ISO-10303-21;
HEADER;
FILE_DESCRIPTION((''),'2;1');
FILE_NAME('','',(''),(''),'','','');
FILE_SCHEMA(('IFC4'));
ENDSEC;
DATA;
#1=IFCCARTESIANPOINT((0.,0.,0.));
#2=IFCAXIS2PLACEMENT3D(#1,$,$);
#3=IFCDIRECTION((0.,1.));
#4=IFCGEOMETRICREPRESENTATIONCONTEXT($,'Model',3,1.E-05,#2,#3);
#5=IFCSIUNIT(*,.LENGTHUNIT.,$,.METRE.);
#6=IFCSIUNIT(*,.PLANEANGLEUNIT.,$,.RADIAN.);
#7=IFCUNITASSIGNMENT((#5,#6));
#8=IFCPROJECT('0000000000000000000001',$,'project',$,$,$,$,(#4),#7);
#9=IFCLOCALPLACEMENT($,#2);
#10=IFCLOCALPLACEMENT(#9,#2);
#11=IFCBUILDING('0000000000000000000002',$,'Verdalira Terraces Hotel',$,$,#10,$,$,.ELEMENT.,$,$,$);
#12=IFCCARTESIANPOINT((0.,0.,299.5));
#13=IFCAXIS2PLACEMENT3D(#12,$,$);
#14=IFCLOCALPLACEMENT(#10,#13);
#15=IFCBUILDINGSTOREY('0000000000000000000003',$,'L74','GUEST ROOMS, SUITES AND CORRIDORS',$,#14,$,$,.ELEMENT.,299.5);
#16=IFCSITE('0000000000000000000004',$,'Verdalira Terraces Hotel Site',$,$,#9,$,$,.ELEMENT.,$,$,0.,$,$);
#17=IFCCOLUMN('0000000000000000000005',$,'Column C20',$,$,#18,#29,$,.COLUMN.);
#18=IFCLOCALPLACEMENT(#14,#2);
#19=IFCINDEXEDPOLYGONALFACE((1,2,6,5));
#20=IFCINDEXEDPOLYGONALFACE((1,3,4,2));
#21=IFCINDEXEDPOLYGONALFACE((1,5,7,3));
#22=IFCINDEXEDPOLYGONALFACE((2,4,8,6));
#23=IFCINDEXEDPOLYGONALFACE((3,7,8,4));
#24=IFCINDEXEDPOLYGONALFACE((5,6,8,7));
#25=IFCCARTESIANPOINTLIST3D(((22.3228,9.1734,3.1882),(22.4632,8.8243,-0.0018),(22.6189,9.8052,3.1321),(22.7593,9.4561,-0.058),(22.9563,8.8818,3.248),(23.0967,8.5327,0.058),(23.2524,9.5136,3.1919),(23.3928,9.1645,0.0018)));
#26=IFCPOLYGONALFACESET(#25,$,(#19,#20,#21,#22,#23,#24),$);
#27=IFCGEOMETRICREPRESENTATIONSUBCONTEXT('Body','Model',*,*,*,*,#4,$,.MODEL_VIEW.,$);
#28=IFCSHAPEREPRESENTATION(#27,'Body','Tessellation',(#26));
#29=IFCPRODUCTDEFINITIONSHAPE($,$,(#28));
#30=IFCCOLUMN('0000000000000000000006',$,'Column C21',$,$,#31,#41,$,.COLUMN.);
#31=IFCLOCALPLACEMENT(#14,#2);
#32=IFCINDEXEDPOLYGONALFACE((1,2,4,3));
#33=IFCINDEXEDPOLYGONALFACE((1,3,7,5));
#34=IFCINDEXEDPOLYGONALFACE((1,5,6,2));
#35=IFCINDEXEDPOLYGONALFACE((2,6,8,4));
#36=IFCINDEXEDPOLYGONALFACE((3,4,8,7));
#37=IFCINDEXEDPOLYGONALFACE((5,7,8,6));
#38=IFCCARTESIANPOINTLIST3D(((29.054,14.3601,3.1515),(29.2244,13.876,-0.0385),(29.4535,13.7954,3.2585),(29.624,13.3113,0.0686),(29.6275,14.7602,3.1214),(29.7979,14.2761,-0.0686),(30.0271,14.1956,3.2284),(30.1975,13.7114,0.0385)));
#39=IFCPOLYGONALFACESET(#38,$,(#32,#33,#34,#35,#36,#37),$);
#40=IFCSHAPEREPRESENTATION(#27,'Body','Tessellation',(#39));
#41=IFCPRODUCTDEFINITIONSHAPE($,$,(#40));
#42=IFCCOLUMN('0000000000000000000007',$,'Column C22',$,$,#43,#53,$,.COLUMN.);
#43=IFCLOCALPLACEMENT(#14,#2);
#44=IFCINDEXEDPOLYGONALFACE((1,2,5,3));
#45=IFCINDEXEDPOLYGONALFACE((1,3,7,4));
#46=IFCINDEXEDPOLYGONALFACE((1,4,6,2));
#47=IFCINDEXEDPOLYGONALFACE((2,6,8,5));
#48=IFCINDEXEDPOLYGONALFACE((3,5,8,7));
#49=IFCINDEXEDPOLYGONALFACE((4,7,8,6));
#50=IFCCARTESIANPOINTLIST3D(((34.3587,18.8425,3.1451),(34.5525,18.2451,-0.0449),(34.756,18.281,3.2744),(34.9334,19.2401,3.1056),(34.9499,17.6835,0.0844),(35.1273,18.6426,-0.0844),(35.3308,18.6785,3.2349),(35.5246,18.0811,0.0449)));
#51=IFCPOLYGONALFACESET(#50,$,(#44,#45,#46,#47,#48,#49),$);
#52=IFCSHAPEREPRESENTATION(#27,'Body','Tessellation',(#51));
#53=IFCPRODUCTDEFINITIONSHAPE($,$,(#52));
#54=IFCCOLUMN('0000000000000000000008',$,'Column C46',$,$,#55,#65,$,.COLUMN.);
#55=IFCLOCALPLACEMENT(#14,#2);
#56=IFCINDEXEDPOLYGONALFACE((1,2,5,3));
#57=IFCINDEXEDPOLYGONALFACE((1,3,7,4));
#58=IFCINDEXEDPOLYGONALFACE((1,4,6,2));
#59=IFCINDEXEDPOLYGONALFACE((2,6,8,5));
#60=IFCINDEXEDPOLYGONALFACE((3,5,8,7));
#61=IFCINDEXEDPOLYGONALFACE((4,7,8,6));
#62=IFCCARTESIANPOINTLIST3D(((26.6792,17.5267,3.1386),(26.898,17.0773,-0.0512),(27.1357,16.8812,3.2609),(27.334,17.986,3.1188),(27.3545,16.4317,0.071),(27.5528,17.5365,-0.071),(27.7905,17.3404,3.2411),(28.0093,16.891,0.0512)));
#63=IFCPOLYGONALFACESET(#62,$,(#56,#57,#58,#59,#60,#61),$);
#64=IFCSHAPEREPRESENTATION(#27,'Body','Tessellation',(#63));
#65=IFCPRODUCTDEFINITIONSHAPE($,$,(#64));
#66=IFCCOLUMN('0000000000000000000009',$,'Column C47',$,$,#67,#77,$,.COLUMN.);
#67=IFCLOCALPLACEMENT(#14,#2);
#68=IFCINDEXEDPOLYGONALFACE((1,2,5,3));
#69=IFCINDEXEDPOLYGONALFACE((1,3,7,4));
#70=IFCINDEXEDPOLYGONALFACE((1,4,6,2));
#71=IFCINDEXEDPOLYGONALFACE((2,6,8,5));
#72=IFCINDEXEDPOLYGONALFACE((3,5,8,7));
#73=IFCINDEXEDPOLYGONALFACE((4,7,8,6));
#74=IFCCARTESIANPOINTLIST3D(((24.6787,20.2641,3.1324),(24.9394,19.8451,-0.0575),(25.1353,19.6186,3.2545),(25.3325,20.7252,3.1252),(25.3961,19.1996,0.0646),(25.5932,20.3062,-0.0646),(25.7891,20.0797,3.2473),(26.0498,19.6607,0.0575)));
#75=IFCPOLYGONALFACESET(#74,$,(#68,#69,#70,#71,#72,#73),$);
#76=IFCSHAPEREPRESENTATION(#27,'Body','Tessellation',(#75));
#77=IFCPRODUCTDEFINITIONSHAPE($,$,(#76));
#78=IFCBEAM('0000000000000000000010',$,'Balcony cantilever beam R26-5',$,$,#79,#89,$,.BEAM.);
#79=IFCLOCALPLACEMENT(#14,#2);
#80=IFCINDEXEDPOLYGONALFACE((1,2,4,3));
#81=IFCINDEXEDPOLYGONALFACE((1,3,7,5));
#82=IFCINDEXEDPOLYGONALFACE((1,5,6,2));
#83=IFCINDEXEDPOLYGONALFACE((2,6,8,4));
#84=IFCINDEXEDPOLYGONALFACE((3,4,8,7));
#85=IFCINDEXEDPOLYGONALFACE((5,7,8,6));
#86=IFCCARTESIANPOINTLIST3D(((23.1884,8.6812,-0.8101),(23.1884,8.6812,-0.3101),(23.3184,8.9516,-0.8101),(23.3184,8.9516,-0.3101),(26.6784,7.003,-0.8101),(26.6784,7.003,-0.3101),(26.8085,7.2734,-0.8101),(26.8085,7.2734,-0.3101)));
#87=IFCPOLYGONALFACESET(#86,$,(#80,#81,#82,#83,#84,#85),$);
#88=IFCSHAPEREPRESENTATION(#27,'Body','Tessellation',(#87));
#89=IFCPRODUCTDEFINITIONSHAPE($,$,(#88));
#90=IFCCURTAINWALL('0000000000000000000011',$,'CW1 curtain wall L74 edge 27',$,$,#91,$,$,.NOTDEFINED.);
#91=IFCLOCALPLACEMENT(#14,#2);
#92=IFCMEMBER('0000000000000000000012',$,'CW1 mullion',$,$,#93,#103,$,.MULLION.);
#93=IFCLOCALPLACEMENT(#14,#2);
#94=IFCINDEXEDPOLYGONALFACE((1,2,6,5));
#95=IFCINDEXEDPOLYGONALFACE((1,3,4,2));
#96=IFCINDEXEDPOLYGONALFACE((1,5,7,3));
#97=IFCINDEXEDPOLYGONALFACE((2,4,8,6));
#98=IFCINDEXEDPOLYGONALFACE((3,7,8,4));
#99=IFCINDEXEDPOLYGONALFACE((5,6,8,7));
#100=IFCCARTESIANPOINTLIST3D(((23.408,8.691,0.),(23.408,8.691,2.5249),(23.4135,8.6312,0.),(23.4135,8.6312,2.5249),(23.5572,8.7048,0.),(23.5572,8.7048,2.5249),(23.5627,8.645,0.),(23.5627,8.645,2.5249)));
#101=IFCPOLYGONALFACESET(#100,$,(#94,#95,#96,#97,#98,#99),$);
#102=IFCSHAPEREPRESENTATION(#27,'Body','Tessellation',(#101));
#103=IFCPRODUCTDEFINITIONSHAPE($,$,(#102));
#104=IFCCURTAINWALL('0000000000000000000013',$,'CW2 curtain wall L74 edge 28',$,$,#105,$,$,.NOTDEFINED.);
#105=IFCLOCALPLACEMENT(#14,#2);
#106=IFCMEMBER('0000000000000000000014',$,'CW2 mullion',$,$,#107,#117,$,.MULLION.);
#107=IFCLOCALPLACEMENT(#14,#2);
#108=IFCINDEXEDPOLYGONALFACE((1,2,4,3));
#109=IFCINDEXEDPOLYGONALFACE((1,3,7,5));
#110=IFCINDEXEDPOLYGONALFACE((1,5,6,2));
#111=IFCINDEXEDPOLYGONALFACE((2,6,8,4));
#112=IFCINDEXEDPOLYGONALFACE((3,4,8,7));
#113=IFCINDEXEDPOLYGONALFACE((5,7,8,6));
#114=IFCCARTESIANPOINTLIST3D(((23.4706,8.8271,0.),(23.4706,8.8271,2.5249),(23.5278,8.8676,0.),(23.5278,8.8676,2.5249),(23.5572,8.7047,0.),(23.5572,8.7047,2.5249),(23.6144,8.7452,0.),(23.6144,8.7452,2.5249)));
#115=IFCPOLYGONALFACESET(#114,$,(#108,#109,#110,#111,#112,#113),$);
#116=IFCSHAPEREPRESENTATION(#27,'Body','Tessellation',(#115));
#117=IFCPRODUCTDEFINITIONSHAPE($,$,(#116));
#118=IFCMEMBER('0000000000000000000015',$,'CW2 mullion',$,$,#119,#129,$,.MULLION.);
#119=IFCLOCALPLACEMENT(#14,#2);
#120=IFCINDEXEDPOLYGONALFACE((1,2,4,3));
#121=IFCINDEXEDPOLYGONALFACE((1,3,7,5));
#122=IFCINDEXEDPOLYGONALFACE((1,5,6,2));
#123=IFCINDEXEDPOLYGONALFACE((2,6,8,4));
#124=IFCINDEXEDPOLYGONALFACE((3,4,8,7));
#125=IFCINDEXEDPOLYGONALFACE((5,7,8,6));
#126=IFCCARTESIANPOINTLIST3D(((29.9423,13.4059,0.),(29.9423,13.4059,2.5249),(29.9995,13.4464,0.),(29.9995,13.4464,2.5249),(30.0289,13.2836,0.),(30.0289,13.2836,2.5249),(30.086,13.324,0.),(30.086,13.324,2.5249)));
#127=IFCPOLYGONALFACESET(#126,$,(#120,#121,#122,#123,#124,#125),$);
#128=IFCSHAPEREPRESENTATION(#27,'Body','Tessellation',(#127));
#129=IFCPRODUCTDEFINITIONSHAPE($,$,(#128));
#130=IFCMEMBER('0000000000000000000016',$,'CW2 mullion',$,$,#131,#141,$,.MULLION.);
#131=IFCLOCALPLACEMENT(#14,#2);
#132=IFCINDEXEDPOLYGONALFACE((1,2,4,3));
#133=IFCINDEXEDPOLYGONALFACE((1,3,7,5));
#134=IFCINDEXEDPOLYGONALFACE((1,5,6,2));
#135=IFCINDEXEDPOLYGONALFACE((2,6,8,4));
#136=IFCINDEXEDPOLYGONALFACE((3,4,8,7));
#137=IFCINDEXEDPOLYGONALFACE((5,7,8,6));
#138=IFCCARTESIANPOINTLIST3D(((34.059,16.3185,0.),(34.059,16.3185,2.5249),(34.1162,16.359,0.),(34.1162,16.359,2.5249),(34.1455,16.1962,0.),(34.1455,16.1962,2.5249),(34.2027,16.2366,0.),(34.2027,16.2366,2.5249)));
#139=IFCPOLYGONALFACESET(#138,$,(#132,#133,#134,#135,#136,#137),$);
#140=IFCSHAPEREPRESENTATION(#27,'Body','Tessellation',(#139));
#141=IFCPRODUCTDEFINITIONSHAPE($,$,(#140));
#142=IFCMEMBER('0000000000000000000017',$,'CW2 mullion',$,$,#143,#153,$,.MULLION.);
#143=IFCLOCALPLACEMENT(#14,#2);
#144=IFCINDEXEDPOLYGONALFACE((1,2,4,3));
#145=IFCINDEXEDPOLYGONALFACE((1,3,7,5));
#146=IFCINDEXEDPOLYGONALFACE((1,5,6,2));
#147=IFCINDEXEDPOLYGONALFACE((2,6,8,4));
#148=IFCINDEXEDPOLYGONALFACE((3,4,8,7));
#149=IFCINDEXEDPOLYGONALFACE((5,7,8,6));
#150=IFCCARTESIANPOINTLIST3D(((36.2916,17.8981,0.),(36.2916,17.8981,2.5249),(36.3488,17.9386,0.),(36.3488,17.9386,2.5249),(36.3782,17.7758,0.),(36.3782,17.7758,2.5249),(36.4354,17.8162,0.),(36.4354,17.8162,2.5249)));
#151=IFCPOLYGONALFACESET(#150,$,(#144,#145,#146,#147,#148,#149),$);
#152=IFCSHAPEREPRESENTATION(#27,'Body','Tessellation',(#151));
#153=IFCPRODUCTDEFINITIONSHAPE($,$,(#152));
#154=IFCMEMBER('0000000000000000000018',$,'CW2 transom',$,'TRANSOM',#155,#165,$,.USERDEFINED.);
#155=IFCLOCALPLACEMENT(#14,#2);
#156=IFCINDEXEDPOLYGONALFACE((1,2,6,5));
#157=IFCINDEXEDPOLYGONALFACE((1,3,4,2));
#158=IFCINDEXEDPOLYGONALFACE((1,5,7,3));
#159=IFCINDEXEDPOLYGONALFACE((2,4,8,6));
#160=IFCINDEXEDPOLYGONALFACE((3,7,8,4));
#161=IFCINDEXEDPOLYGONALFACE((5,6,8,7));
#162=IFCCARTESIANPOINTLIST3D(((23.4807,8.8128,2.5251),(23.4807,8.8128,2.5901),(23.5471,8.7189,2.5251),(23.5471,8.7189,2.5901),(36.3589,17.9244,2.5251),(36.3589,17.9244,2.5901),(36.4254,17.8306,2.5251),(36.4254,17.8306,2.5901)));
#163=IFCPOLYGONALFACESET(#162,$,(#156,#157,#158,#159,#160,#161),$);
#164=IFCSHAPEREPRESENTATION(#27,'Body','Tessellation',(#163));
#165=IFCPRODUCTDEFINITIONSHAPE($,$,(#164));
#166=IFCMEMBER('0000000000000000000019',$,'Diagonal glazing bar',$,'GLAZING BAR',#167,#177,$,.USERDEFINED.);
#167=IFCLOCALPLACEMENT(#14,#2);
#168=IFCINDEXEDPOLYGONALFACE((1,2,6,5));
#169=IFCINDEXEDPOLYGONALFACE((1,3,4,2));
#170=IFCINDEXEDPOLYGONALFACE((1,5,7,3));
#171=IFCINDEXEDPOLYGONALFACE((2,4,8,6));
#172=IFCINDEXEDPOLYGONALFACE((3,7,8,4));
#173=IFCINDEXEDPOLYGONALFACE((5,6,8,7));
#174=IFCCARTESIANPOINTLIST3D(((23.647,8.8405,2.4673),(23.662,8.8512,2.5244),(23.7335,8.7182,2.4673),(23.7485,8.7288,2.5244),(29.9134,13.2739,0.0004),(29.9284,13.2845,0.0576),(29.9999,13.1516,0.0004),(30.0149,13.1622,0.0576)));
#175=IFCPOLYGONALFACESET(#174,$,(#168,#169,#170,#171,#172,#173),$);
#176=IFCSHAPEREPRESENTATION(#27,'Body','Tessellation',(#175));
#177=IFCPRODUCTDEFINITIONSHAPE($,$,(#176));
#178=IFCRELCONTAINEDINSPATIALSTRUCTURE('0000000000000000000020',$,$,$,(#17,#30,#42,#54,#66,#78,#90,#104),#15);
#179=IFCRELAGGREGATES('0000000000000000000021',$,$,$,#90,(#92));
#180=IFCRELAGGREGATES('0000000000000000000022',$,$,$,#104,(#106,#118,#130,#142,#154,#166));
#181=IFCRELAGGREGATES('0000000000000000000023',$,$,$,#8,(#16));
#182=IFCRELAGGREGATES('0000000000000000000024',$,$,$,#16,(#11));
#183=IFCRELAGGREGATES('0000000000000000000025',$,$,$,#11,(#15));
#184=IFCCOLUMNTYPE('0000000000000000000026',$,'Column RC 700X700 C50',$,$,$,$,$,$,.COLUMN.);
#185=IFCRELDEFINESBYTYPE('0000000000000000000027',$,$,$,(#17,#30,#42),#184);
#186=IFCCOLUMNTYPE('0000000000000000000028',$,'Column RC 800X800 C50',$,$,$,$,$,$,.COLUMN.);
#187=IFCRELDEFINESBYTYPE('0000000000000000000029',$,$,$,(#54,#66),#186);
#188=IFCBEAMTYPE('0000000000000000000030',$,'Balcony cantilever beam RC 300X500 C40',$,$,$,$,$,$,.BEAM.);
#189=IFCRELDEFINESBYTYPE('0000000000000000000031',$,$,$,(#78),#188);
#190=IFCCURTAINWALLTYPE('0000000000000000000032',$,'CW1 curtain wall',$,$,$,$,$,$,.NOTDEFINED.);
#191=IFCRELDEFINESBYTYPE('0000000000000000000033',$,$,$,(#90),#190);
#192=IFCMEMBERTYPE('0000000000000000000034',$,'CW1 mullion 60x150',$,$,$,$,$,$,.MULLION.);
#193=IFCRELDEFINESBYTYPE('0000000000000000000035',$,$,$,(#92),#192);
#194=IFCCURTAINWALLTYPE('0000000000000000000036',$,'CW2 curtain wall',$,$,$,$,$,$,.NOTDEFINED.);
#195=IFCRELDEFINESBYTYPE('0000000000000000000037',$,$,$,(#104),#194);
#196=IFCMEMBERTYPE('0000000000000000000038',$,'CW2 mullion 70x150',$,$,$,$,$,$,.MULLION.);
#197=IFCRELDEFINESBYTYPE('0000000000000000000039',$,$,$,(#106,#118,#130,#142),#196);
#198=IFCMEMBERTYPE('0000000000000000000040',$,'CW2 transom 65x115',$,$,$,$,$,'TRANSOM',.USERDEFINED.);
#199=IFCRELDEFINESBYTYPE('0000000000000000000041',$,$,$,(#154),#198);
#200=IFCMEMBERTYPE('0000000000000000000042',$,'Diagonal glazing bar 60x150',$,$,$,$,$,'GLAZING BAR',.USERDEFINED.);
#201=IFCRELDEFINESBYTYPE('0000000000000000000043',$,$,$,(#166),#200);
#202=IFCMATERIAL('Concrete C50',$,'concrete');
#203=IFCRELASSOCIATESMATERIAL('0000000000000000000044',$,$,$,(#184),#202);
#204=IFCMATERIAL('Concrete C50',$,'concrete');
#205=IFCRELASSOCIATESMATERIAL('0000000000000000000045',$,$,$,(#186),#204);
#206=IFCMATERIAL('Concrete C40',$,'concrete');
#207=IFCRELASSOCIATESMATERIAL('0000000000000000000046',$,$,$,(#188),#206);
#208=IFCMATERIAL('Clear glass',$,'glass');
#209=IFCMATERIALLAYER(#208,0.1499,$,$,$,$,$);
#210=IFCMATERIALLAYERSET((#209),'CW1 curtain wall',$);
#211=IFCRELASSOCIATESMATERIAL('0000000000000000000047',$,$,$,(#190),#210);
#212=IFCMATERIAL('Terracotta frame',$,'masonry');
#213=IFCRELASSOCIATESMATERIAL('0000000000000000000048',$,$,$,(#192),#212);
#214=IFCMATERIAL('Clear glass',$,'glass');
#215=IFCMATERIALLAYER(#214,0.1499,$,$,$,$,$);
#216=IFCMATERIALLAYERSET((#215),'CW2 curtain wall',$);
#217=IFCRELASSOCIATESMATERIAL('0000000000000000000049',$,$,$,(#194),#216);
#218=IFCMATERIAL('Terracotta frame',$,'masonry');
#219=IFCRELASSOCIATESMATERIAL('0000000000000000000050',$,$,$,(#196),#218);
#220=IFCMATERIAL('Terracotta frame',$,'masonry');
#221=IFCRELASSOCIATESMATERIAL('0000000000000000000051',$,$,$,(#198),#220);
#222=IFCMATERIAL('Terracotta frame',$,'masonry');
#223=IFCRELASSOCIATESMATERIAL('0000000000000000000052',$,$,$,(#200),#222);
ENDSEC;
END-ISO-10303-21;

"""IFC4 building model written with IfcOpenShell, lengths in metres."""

from ifc_helpers import new_model, si_unit, direction, frame, origin, origin_2d, place, context, subcontext, project, spatial, rectangle, extrude, material, layer, layer_set, material_profile, profile_set, type_object, element, aggregate, save


model = new_model("IFC4")

# Units and contexts
model_context = context("Model", 3, precision=1e-05, world=origin(), true_north=direction((0.0, 1.0)))
body_context = subcontext(model_context, "Body", "Model", "MODEL_VIEW")
ifc_project = project(units=[si_unit("LENGTHUNIT", "METRE"), si_unit("PLANEANGLEUNIT", "RADIAN")], contexts=[model_context])

# Site, building, storey
site_placement = place(None, origin())
site = spatial("IfcSite", under=ifc_project, at=site_placement, Name="Verdalira Terraces Hotel Site", CompositionType="ELEMENT", RefElevation=0.0)
building_placement = place(site_placement, origin())
building = spatial("IfcBuilding", under=site, at=building_placement, Name="Verdalira Terraces Hotel", CompositionType="ELEMENT")
storey_placement = place(building_placement, frame((0.0, 0.0, 299.5)))
storey = spatial("IfcBuildingStorey", under=building, at=storey_placement, Name="L74", Description="GUEST ROOMS, SUITES AND CORRIDORS", CompositionType="ELEMENT", Elevation=299.5)

# Columns
ifc_material_1 = material(Name="Concrete C50", Category="concrete")
ifc_material_profile_1 = material_profile(ifc_material_1, rectangle(XDim=0.7, YDim=0.7, at=origin_2d()), Name="RC 700X700")
ifc_profile_set_1 = profile_set([ifc_material_profile_1], Name="Concrete C50")
column_type_1 = type_object("IfcColumnType", Name="Column RC 700X700 C50", PredefinedType="COLUMN", material=ifc_profile_set_1)
column_1_placement = place(storey_placement, frame((22.928, 8.9944, 0.0), z_axis=(-0.043704, 0.108691, 0.993114), x_axis=(-0.422986, -0.902583, 0.080168)))
element("IfcColumn", 1, at=column_1_placement, inside=storey, type_object=column_type_1, Name="Column C20", PredefinedType="COLUMN", context=body_context, shape_type="SweptSolid", body=[
    extrude(rectangle(XDim=0.7, YDim=0.7, at=origin_2d()), origin(), (0.0, 0.0, 1.0), 3.2122),
])
column_2_placement = place(storey_placement, frame((29.7109, 13.7937, 0.0), z_axis=(-0.052743, 0.149841, 0.987302), x_axis=(0.819371, 0.571649, -0.042986)))
element("IfcColumn", 2, at=column_2_placement, inside=storey, type_object=column_type_1, Name="Column C21", PredefinedType="COLUMN", context=body_context, shape_type="SweptSolid", body=[
    extrude(rectangle(XDim=0.7, YDim=0.7, at=origin_2d()), origin(), (0.0, 0.0, 1.0), 3.231),
])
column_3_placement = place(storey_placement, frame((35.0386, 18.1631, 0.0), z_axis=(-0.059624, 0.183752, 0.981163), x_axis=(0.821094, 0.567992, -0.056477)))
element("IfcColumn", 3, at=column_3_placement, inside=storey, type_object=column_type_1, Name="Column C22", PredefinedType="COLUMN", context=body_context, shape_type="SweptSolid", body=[
    extrude(rectangle(XDim=0.7, YDim=0.7, at=origin_2d()), origin(), (0.0, 0.0, 1.0), 3.2512),
])
ifc_material_2 = material(Name="Concrete C50", Category="concrete")
ifc_material_profile_2 = material_profile(ifc_material_2, rectangle(XDim=0.8, YDim=0.8, at=origin_2d()), Name="RC 800X800")
ifc_profile_set_2 = profile_set([ifc_material_profile_2], Name="Concrete C50")
column_type_2 = type_object("IfcColumnType", Name="Column RC 800X800 C50", PredefinedType="COLUMN", material=ifc_profile_set_2)
column_4_placement = place(storey_placement, frame((27.4536, 16.9841, 0.0), z_axis=(-0.067748, 0.139201, 0.987944), x_axis=(0.818447, 0.574048, -0.024758)))
element("IfcColumn", 4, at=column_4_placement, inside=storey, type_object=column_type_2, Name="Column C46", PredefinedType="COLUMN", context=body_context, shape_type="SweptSolid", body=[
    extrude(rectangle(XDim=0.8, YDim=0.8, at=origin_2d()), origin(), (0.0, 0.0, 1.0), 3.2288),
])
column_5_placement = place(storey_placement, frame((25.4946, 19.7529, 0.0), z_axis=(-0.080778, 0.12979, 0.988246), x_axis=(0.817148, 0.576359, -0.008902)))
element("IfcColumn", 5, at=column_5_placement, inside=storey, type_object=column_type_2, Name="Column C47", PredefinedType="COLUMN", context=body_context, shape_type="SweptSolid", body=[
    extrude(rectangle(XDim=0.8, YDim=0.8, at=origin_2d()), origin(), (0.0, 0.0, 1.0), 3.2278),
])

# Beam
ifc_material_3 = material(Name="Concrete C40", Category="concrete")
ifc_material_profile_3 = material_profile(ifc_material_3, rectangle(XDim=0.3, YDim=0.5, at=origin_2d()), Name="RC 300X500")
ifc_profile_set_3 = profile_set([ifc_material_profile_3], Name="Concrete C40")
beam_type_1 = type_object("IfcBeamType", Name="Balcony cantilever beam RC 300X500 C40", PredefinedType="BEAM", material=ifc_profile_set_3)
beam_1_placement = place(storey_placement, frame((23.2534, 8.8164, -0.5601), z_axis=(0.901218, -0.433366, 0.0), x_axis=(0.433366, 0.901218, 0.0)))
element("IfcBeam", 6, at=beam_1_placement, inside=storey, type_object=beam_type_1, Name="Balcony cantilever beam R26-5", PredefinedType="BEAM", context=body_context, shape_type="SweptSolid", body=[
    extrude(rectangle(XDim=0.3, YDim=0.5, at=origin_2d()), origin(), (0.0, 0.0, 1.0), 3.8726),
])

# Curtain wall, member
ifc_material_4 = material(Name="Clear glass", Category="glass")
ifc_layer_1 = layer(ifc_material_4, 0.1499)
ifc_layer_set_1 = layer_set([ifc_layer_1], Name="CW1 curtain wall")
curtain_wall_type_1 = type_object("IfcCurtainWallType", Name="CW1 curtain wall", PredefinedType="NOTDEFINED", material=ifc_layer_set_1)
curtain_wall_1_placement = place(storey_placement, origin())
curtain_wall_1 = element("IfcCurtainWall", 7, at=curtain_wall_1_placement, inside=storey, type_object=curtain_wall_type_1, Name="CW1 curtain wall L74 edge 27", PredefinedType="NOTDEFINED")
ifc_material_5 = material(Name="Terracotta frame", Category="masonry")
ifc_material_profile_4 = material_profile(ifc_material_5, rectangle(XDim=0.0601, YDim=0.1499, at=origin_2d()), Name="MU 60x150")
ifc_profile_set_4 = profile_set([ifc_material_profile_4], Name="Terracotta frame")
member_type_1 = type_object("IfcMemberType", Name="CW1 mullion 60x150", PredefinedType="MULLION", material=ifc_profile_set_4)
member_1_placement = place(storey_placement, frame((23.4854, 8.668, 0.0), z_axis=(0.0, 0.0, 1.0), x_axis=(-0.092023, 0.995757, 0.0)))
member_1 = element("IfcMember", 8, at=member_1_placement, type_object=member_type_1, Name="CW1 mullion", PredefinedType="MULLION", context=body_context, shape_type="SweptSolid", body=[
    extrude(rectangle(XDim=0.0601, YDim=0.1499, at=origin_2d()), origin(), (0.0, 0.0, 1.0), 2.5249),
])

# Curtain wall, members
ifc_material_6 = material(Name="Clear glass", Category="glass")
ifc_layer_2 = layer(ifc_material_6, 0.1499)
ifc_layer_set_2 = layer_set([ifc_layer_2], Name="CW2 curtain wall")
curtain_wall_type_2 = type_object("IfcCurtainWallType", Name="CW2 curtain wall", PredefinedType="NOTDEFINED", material=ifc_layer_set_2)
curtain_wall_2_placement = place(storey_placement, origin())
curtain_wall_2 = element("IfcCurtainWall", 9, at=curtain_wall_2_placement, inside=storey, type_object=curtain_wall_type_2, Name="CW2 curtain wall L74 edge 28", PredefinedType="NOTDEFINED")
ifc_material_7 = material(Name="Terracotta frame", Category="masonry")
ifc_material_profile_5 = material_profile(ifc_material_7, rectangle(XDim=0.0701, YDim=0.1499, at=origin_2d()), Name="MU 70x150")
ifc_profile_set_5 = profile_set([ifc_material_profile_5], Name="Terracotta frame")
member_type_2 = type_object("IfcMemberType", Name="CW2 mullion 70x150", PredefinedType="MULLION", material=ifc_profile_set_5)
member_2_placement = place(storey_placement, frame((23.5425, 8.7861, 0.0), z_axis=(0.0, 0.0, 1.0), x_axis=(0.816339, 0.577573, 0.0)))
member_2 = element("IfcMember", 10, at=member_2_placement, type_object=member_type_2, Name="CW2 mullion", PredefinedType="MULLION", context=body_context, shape_type="SweptSolid", body=[
    extrude(rectangle(XDim=0.0701, YDim=0.1499, at=origin_2d()), origin(), (0.0, 0.0, 1.0), 2.5249),
])
member_3_placement = place(storey_placement, frame((30.0142, 13.365, 0.0), z_axis=(0.0, 0.0, 1.0), x_axis=(0.816339, 0.577573, 0.0)))
member_3 = element("IfcMember", 11, at=member_3_placement, type_object=member_type_2, Name="CW2 mullion", PredefinedType="MULLION", context=body_context, shape_type="SweptSolid", body=[
    extrude(rectangle(XDim=0.0701, YDim=0.1499, at=origin_2d()), origin(), (0.0, 0.0, 1.0), 2.5249),
])
member_4_placement = place(storey_placement, frame((34.1309, 16.2776, 0.0), z_axis=(0.0, 0.0, 1.0), x_axis=(0.816339, 0.577573, 0.0)))
member_4 = element("IfcMember", 12, at=member_4_placement, type_object=member_type_2, Name="CW2 mullion", PredefinedType="MULLION", context=body_context, shape_type="SweptSolid", body=[
    extrude(rectangle(XDim=0.0701, YDim=0.1499, at=origin_2d()), origin(), (0.0, 0.0, 1.0), 2.5249),
])
member_5_placement = place(storey_placement, frame((36.3635, 17.8572, 0.0), z_axis=(0.0, 0.0, 1.0), x_axis=(0.816339, 0.577573, 0.0)))
member_5 = element("IfcMember", 13, at=member_5_placement, type_object=member_type_2, Name="CW2 mullion", PredefinedType="MULLION", context=body_context, shape_type="SweptSolid", body=[
    extrude(rectangle(XDim=0.0701, YDim=0.1499, at=origin_2d()), origin(), (0.0, 0.0, 1.0), 2.5249),
])
ifc_material_8 = material(Name="Terracotta frame", Category="masonry")
ifc_material_profile_6 = material_profile(ifc_material_8, rectangle(XDim=0.115, YDim=0.0649, at=origin_2d()), Name="TR 65x115")
ifc_profile_set_6 = profile_set([ifc_material_profile_6], Name="Terracotta frame")
member_type_3 = type_object("IfcMemberType", Name="CW2 transom 65x115", ElementType="TRANSOM", PredefinedType="USERDEFINED", material=ifc_profile_set_6)
member_6_placement = place(storey_placement, frame((23.5139, 8.7659, 2.5576), z_axis=(0.816337, 0.577575, 0.0), x_axis=(-0.577575, 0.816337, 0.0)))
member_6 = element("IfcMember", 14, at=member_6_placement, type_object=member_type_3, Name="CW2 transom", ObjectType="TRANSOM", PredefinedType="USERDEFINED", context=body_context, shape_type="SweptSolid", body=[
    extrude(rectangle(XDim=0.115, YDim=0.0649, at=origin_2d()), origin(), (0.0, 0.0, 1.0), 15.7756),
])
ifc_material_9 = material(Name="Terracotta frame", Category="masonry")
ifc_material_profile_7 = material_profile(ifc_material_9, rectangle(XDim=0.1499, YDim=0.0601, at=origin_2d()), Name="GB 60x150")
ifc_profile_set_7 = profile_set([ifc_material_profile_7], Name="Terracotta frame")
member_type_4 = type_object("IfcMemberType", Name="Diagonal glazing bar 60x150", ElementType="GLAZING BAR", PredefinedType="USERDEFINED", material=ifc_profile_set_7)
member_7_placement = place(storey_placement, frame((23.6978, 8.7847, 2.4958), z_axis=(0.777205, 0.54986, -0.305952), x_axis=(-0.577556, 0.816351, 0.0)))
member_7 = element("IfcMember", 15, at=member_7_placement, type_object=member_type_4, Name="Diagonal glazing bar", ObjectType="GLAZING BAR", PredefinedType="USERDEFINED", context=body_context, shape_type="SweptSolid", body=[
    extrude(rectangle(XDim=0.1499, YDim=0.0601, at=origin_2d()), origin(), (0.0, 0.0, 1.0), 8.0627),
])

aggregate(curtain_wall_1, [member_1])
aggregate(curtain_wall_2, [member_2, member_3, member_4, member_5, member_6, member_7])

save(model, "model.ifc")
